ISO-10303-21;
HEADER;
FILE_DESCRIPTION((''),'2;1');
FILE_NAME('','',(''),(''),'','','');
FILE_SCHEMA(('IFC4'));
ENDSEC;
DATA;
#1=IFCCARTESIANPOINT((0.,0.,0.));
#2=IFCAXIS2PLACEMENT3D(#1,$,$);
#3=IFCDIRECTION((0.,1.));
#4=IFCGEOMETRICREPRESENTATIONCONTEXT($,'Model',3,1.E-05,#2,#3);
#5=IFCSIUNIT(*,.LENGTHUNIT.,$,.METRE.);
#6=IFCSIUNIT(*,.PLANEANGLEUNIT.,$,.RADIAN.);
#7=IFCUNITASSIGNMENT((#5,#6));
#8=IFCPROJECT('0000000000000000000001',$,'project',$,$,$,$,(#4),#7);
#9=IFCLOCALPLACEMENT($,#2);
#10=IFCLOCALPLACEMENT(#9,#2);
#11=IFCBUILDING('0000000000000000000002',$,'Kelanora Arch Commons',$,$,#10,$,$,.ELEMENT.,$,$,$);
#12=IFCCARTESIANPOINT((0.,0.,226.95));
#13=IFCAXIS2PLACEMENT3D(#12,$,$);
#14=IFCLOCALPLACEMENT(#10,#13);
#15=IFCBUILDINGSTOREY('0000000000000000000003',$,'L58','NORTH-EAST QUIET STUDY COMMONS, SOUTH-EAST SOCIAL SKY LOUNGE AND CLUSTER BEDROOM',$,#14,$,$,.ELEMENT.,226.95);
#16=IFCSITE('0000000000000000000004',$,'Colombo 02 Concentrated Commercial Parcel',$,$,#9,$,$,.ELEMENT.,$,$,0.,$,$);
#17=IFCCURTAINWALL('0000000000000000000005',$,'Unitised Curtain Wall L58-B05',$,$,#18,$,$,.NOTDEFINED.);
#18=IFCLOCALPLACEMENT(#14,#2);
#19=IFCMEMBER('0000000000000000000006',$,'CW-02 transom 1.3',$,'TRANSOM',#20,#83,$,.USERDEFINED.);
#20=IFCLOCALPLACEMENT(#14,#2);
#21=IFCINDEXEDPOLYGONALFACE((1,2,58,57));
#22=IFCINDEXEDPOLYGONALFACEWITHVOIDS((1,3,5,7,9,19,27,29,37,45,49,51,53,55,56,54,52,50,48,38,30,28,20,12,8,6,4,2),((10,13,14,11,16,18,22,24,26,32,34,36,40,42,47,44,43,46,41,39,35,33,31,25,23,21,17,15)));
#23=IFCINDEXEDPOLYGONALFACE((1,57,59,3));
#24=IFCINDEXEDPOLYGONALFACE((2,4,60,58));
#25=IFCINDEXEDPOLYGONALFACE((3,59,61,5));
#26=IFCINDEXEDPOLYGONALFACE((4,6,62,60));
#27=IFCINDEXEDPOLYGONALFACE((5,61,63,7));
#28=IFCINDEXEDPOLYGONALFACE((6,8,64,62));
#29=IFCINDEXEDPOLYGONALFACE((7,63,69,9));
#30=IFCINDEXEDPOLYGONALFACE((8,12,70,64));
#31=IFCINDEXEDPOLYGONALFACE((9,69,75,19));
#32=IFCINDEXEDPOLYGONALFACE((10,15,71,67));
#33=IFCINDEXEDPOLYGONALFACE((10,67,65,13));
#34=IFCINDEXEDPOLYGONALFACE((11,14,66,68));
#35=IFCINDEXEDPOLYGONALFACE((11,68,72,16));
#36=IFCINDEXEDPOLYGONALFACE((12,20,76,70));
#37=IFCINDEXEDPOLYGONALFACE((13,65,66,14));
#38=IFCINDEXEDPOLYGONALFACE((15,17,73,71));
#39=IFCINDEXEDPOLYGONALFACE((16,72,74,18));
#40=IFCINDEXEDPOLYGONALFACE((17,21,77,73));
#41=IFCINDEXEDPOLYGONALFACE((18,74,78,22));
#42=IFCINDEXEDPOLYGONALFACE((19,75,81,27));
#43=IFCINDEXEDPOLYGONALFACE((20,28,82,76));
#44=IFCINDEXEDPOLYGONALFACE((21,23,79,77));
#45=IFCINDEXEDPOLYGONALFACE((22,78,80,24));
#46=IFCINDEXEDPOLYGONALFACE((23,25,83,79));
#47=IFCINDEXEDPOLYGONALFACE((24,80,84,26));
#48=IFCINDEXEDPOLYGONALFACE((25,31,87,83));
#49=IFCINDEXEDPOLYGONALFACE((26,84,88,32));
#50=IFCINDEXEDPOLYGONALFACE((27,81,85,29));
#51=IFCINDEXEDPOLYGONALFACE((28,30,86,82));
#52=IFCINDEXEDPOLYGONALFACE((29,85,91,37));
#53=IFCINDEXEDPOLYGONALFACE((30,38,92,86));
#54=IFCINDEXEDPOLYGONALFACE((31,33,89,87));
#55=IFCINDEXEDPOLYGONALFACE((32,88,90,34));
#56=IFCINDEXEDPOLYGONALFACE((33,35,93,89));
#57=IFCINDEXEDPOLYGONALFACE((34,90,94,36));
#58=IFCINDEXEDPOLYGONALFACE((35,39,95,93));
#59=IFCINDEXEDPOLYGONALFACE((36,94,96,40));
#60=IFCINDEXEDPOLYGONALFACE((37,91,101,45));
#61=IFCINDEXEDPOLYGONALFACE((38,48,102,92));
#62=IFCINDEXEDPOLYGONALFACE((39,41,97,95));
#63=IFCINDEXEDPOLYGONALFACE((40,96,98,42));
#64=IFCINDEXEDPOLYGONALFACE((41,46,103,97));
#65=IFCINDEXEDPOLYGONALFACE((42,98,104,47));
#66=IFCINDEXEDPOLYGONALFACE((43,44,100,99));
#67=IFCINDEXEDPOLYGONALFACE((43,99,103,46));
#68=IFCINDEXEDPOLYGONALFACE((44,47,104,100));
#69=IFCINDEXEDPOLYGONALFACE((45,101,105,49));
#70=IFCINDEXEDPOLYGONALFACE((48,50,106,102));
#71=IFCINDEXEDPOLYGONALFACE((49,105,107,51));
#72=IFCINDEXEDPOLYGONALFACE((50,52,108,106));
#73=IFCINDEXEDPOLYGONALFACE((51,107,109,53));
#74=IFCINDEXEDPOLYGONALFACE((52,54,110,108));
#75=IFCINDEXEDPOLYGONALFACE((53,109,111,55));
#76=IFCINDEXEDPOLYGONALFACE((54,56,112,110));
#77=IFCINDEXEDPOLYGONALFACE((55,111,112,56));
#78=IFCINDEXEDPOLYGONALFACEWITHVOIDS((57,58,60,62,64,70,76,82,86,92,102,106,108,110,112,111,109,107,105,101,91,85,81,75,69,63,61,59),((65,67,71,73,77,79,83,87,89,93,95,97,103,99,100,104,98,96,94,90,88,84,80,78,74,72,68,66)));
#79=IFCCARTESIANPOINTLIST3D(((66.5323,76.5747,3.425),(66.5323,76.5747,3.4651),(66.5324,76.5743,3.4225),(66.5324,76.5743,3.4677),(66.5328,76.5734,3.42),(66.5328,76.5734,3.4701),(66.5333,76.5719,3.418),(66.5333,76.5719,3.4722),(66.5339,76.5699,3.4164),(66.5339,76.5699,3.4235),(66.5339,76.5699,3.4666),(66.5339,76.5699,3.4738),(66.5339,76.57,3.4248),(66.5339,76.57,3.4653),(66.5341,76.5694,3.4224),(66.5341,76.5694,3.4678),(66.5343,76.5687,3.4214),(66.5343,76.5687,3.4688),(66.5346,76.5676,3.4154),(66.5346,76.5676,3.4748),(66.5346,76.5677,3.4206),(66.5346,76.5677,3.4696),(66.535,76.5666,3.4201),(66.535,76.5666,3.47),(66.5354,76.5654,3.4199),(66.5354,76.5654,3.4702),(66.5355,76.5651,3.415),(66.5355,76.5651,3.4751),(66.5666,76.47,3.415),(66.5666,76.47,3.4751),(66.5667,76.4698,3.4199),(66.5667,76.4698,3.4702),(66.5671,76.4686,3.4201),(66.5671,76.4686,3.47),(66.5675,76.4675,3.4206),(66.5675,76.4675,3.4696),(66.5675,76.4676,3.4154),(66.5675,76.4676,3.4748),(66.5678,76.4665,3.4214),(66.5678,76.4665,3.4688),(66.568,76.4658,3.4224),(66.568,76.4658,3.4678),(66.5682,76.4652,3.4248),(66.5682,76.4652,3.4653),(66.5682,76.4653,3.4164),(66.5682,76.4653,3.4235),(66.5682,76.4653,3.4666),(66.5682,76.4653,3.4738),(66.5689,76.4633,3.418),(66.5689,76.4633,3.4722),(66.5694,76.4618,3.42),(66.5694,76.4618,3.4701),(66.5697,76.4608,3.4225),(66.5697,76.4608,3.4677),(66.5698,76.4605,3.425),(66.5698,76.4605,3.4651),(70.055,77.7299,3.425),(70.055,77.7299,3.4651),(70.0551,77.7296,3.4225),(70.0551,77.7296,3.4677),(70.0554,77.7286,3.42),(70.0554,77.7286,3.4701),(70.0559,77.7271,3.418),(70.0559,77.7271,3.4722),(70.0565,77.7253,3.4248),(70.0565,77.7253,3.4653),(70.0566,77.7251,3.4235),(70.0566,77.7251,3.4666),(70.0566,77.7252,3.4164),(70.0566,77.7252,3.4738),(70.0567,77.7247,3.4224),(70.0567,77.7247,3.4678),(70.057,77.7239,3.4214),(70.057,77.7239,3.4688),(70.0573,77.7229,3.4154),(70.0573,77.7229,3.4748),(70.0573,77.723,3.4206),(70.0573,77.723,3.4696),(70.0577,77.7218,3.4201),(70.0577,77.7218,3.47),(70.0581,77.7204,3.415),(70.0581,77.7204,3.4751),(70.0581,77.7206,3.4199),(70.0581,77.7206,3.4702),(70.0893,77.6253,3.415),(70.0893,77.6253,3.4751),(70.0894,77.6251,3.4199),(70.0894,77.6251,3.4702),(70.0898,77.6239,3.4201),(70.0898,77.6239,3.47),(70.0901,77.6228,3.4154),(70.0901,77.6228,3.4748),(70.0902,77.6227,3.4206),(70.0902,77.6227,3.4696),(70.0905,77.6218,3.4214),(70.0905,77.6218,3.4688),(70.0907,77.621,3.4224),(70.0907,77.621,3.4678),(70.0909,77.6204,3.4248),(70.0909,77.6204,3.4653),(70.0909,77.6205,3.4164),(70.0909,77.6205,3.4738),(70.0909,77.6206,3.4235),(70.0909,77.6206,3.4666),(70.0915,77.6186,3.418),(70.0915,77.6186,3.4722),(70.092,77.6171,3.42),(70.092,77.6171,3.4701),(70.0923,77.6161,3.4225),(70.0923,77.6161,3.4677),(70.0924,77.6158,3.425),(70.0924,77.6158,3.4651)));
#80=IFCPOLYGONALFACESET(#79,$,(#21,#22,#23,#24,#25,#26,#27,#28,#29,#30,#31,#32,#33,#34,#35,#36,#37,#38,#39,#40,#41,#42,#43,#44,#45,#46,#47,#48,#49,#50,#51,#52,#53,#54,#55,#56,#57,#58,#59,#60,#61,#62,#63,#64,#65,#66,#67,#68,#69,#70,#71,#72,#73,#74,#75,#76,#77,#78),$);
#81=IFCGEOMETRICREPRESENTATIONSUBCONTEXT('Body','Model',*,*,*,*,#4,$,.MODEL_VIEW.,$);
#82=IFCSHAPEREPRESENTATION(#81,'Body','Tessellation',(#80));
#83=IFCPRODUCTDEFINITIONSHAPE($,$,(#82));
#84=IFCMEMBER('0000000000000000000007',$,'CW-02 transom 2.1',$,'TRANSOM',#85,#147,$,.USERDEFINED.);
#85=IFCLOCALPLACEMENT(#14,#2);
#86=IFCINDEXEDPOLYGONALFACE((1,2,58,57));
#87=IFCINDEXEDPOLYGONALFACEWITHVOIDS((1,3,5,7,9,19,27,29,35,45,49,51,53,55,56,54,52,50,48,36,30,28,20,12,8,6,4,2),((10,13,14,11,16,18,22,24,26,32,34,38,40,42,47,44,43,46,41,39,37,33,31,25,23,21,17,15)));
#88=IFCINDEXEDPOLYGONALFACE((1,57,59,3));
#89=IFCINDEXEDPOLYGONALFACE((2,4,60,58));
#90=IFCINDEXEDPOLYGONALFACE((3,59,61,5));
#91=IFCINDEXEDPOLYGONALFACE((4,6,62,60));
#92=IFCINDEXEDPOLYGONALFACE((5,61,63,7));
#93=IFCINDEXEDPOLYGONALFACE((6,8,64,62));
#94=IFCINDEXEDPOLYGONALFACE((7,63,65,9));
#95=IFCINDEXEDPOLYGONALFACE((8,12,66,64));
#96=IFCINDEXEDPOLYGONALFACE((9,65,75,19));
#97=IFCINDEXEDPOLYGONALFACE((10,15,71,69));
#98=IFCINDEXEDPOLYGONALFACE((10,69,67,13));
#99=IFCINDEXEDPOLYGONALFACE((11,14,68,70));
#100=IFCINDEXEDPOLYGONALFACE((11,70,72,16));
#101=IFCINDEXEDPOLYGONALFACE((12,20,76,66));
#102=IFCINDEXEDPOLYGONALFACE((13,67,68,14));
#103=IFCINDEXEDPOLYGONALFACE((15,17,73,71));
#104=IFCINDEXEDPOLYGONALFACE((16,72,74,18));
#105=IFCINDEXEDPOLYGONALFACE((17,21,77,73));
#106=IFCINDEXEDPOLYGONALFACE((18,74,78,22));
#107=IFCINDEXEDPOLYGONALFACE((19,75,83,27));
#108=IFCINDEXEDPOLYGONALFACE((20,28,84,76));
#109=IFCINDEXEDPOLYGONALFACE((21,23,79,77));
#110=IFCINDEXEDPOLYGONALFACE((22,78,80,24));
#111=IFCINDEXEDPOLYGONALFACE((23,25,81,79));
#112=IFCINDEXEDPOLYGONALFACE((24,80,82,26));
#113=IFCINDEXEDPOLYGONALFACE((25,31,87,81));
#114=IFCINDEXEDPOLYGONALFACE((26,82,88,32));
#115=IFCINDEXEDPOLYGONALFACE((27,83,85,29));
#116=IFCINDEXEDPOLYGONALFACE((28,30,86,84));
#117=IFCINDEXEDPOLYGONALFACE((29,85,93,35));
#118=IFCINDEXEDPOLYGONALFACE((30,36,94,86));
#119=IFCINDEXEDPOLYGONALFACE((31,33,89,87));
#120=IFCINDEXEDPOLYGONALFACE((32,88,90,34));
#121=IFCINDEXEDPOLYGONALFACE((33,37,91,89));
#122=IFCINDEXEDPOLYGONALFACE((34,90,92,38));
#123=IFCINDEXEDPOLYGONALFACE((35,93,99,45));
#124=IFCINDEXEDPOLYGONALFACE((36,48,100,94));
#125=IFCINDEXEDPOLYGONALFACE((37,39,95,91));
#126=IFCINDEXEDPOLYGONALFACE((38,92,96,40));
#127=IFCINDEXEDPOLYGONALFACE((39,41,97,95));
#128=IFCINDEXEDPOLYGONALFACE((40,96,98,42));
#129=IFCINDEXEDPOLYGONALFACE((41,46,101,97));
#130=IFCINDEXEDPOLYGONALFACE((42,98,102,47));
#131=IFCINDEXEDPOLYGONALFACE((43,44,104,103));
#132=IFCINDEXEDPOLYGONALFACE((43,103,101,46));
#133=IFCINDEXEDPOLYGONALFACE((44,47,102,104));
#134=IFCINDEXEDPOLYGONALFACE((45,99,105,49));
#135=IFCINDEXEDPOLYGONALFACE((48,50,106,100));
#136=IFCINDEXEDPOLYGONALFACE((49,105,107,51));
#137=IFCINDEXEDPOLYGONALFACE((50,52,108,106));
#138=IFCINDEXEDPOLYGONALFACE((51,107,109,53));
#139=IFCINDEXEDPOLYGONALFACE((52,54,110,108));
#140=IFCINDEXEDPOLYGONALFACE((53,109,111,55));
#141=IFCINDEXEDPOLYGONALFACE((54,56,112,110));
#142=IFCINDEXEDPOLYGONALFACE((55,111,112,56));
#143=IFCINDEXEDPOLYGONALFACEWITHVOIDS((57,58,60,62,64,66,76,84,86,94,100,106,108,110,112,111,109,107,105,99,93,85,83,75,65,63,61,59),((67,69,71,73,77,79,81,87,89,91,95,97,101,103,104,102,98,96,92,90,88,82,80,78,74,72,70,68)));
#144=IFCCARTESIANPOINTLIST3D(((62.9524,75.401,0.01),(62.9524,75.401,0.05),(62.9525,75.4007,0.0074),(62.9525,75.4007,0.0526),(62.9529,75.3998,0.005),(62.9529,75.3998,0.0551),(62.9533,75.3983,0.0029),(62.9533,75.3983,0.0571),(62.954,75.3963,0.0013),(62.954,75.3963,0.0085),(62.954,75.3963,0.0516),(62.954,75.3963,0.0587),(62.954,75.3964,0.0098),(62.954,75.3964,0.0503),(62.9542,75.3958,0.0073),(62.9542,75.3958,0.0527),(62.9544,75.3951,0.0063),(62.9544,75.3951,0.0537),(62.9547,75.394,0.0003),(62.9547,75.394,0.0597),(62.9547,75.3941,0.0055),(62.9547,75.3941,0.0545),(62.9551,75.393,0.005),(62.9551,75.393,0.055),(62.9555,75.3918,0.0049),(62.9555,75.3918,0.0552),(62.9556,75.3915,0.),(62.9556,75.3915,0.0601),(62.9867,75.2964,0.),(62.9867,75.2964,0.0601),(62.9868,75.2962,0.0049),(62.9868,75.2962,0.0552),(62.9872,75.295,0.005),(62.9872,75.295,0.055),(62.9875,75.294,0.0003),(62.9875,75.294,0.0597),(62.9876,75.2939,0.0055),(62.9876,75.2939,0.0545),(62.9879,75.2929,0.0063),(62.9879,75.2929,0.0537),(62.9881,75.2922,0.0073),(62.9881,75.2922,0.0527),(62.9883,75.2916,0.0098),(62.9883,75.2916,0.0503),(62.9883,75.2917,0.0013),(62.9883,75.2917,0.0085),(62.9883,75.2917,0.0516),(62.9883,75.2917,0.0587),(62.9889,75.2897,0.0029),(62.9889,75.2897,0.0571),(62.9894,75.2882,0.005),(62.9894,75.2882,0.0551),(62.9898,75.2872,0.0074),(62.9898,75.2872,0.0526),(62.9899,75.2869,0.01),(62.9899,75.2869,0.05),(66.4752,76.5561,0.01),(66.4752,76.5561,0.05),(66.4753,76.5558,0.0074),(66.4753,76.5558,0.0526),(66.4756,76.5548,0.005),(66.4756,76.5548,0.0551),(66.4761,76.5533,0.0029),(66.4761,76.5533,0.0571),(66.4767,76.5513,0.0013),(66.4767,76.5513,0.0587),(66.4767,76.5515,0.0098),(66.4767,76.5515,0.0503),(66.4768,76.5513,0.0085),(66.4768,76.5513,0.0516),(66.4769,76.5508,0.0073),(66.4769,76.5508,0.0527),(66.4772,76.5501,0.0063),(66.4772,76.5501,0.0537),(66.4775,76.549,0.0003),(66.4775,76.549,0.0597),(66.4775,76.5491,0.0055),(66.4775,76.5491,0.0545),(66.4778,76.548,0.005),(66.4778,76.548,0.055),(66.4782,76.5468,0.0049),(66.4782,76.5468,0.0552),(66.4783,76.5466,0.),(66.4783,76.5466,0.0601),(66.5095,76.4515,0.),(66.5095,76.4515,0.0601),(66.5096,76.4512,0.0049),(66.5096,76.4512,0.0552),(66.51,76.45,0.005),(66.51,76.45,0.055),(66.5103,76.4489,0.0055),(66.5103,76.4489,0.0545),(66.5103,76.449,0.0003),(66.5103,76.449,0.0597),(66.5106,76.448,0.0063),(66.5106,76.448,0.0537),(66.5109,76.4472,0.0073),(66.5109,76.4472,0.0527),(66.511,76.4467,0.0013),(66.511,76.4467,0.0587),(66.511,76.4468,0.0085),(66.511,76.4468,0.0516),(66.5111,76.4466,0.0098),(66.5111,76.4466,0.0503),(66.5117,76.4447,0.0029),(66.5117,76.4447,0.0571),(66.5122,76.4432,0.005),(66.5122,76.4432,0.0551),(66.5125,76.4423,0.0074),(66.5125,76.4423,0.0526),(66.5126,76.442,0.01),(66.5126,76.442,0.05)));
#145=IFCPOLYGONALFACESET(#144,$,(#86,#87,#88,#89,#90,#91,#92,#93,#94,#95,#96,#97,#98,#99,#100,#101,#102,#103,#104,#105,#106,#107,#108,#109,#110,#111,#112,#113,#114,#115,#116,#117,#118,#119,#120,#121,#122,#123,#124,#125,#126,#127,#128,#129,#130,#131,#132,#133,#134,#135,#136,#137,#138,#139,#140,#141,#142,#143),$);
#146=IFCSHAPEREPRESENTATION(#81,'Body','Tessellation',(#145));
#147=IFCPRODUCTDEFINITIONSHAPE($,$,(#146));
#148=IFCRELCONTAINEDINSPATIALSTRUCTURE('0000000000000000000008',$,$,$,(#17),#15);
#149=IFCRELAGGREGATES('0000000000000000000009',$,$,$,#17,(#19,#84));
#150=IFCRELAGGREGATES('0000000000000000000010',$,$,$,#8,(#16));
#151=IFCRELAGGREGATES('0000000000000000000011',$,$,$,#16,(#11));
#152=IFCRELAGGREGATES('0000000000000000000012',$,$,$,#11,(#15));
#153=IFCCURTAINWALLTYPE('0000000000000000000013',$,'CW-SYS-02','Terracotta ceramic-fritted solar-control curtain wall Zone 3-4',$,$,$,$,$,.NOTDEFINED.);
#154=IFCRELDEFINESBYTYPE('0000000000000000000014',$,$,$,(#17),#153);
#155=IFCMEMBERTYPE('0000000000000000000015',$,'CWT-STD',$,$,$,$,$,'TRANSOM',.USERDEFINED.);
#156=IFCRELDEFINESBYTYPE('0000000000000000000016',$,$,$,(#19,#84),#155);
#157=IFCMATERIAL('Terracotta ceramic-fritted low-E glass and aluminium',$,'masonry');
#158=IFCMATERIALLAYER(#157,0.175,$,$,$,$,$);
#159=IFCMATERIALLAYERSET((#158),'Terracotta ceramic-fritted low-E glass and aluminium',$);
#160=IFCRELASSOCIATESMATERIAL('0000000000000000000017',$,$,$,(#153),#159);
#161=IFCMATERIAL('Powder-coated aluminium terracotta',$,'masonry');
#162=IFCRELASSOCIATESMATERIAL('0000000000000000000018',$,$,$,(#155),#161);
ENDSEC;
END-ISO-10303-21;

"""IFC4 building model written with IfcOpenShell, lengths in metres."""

from ifc_helpers import new_model, si_unit, direction, frame, origin, origin_2d, place, context, subcontext, project, spatial, hollow_rectangle, extrude, material, layer, layer_set, material_profile, profile_set, type_object, element, aggregate, save


model = new_model("IFC4")

# Units and contexts
model_context = context("Model", 3, precision=1e-05, world=origin(), true_north=direction((0.0, 1.0)))
body_context = subcontext(model_context, "Body", "Model", "MODEL_VIEW")
ifc_project = project(units=[si_unit("LENGTHUNIT", "METRE"), si_unit("PLANEANGLEUNIT", "RADIAN")], contexts=[model_context])

# Site, building, storey
site_placement = place(None, origin())
site = spatial("IfcSite", under=ifc_project, at=site_placement, Name="Colombo 02 Concentrated Commercial Parcel", CompositionType="ELEMENT", RefElevation=0.0)
building_placement = place(site_placement, origin())
building = spatial("IfcBuilding", under=site, at=building_placement, Name="Kelanora Arch Commons", CompositionType="ELEMENT")
storey_placement = place(building_placement, frame((0.0, 0.0, 226.95)))
storey = spatial("IfcBuildingStorey", under=building, at=storey_placement, Name="L58", Description="NORTH-EAST QUIET STUDY COMMONS, SOUTH-EAST SOCIAL SKY LOUNGE AND CLUSTER BEDROOM", CompositionType="ELEMENT", Elevation=226.95)

# Curtain wall, members
ifc_material_1 = material(Name="Terracotta ceramic-fritted low-E glass and aluminium", Category="masonry")
ifc_layer_1 = layer(ifc_material_1, 0.175)
ifc_layer_set_1 = layer_set([ifc_layer_1], Name="Terracotta ceramic-fritted low-E glass and aluminium")
curtain_wall_type = type_object("IfcCurtainWallType", Name="CW-SYS-02", Description="Terracotta ceramic-fritted solar-control curtain wall Zone 3-4", PredefinedType="NOTDEFINED", material=ifc_layer_set_1)
curtain_wall_placement = place(storey_placement, origin())
curtain_wall = element("IfcCurtainWall", 1, at=curtain_wall_placement, inside=storey, type_object=curtain_wall_type, Name="Unitised Curtain Wall L58-B05", PredefinedType="NOTDEFINED")
ifc_material_2 = material(Name="Powder-coated aluminium terracotta", Category="masonry")
ifc_material_profile_1 = material_profile(ifc_material_2, hollow_rectangle(XDim=0.1201, YDim=0.0601, WallThickness=0.0049, InnerFilletRadius=0.0049, OuterFilletRadius=0.01, at=origin_2d()), Name="CWT120x60")
ifc_profile_set_1 = profile_set([ifc_material_profile_1], Name="Powder-coated aluminium terracotta")
member_type_1 = type_object("IfcMemberType", Name="CWT-STD", ElementType="TRANSOM", PredefinedType="USERDEFINED", material=ifc_profile_set_1)
member_1_placement = place(storey_placement, frame((70.0737, 77.6729, 3.4451), z_axis=(-0.950207, -0.311621, 0.0), x_axis=(0.311621, -0.950207, 0.0)))
member_1 = element("IfcMember", 2, at=member_1_placement, type_object=member_type_1, Name="CW-02 transom 1.3", ObjectType="TRANSOM", PredefinedType="USERDEFINED", context=body_context, shape_type="SweptSolid", body=[
    extrude(hollow_rectangle(XDim=0.1201, YDim=0.0601, WallThickness=0.0049, InnerFilletRadius=0.0049, OuterFilletRadius=0.01, at=origin_2d()), origin(), (0.0, 0.0, 1.0), 3.7073),
])
member_2_placement = place(storey_placement, frame((66.4939, 76.499, 0.03), z_axis=(-0.950226, -0.311561, 0.0), x_axis=(0.311561, -0.950226, 0.0)))
member_2 = element("IfcMember", 3, at=member_2_placement, type_object=member_type_1, Name="CW-02 transom 2.1", ObjectType="TRANSOM", PredefinedType="USERDEFINED", context=body_context, shape_type="SweptSolid", body=[
    extrude(hollow_rectangle(XDim=0.1201, YDim=0.0601, WallThickness=0.0049, InnerFilletRadius=0.0049, OuterFilletRadius=0.01, at=origin_2d()), origin(), (0.0, 0.0, 1.0), 3.7073),
])
aggregate(curtain_wall, [member_1, member_2])

save(model, "model.ifc")
